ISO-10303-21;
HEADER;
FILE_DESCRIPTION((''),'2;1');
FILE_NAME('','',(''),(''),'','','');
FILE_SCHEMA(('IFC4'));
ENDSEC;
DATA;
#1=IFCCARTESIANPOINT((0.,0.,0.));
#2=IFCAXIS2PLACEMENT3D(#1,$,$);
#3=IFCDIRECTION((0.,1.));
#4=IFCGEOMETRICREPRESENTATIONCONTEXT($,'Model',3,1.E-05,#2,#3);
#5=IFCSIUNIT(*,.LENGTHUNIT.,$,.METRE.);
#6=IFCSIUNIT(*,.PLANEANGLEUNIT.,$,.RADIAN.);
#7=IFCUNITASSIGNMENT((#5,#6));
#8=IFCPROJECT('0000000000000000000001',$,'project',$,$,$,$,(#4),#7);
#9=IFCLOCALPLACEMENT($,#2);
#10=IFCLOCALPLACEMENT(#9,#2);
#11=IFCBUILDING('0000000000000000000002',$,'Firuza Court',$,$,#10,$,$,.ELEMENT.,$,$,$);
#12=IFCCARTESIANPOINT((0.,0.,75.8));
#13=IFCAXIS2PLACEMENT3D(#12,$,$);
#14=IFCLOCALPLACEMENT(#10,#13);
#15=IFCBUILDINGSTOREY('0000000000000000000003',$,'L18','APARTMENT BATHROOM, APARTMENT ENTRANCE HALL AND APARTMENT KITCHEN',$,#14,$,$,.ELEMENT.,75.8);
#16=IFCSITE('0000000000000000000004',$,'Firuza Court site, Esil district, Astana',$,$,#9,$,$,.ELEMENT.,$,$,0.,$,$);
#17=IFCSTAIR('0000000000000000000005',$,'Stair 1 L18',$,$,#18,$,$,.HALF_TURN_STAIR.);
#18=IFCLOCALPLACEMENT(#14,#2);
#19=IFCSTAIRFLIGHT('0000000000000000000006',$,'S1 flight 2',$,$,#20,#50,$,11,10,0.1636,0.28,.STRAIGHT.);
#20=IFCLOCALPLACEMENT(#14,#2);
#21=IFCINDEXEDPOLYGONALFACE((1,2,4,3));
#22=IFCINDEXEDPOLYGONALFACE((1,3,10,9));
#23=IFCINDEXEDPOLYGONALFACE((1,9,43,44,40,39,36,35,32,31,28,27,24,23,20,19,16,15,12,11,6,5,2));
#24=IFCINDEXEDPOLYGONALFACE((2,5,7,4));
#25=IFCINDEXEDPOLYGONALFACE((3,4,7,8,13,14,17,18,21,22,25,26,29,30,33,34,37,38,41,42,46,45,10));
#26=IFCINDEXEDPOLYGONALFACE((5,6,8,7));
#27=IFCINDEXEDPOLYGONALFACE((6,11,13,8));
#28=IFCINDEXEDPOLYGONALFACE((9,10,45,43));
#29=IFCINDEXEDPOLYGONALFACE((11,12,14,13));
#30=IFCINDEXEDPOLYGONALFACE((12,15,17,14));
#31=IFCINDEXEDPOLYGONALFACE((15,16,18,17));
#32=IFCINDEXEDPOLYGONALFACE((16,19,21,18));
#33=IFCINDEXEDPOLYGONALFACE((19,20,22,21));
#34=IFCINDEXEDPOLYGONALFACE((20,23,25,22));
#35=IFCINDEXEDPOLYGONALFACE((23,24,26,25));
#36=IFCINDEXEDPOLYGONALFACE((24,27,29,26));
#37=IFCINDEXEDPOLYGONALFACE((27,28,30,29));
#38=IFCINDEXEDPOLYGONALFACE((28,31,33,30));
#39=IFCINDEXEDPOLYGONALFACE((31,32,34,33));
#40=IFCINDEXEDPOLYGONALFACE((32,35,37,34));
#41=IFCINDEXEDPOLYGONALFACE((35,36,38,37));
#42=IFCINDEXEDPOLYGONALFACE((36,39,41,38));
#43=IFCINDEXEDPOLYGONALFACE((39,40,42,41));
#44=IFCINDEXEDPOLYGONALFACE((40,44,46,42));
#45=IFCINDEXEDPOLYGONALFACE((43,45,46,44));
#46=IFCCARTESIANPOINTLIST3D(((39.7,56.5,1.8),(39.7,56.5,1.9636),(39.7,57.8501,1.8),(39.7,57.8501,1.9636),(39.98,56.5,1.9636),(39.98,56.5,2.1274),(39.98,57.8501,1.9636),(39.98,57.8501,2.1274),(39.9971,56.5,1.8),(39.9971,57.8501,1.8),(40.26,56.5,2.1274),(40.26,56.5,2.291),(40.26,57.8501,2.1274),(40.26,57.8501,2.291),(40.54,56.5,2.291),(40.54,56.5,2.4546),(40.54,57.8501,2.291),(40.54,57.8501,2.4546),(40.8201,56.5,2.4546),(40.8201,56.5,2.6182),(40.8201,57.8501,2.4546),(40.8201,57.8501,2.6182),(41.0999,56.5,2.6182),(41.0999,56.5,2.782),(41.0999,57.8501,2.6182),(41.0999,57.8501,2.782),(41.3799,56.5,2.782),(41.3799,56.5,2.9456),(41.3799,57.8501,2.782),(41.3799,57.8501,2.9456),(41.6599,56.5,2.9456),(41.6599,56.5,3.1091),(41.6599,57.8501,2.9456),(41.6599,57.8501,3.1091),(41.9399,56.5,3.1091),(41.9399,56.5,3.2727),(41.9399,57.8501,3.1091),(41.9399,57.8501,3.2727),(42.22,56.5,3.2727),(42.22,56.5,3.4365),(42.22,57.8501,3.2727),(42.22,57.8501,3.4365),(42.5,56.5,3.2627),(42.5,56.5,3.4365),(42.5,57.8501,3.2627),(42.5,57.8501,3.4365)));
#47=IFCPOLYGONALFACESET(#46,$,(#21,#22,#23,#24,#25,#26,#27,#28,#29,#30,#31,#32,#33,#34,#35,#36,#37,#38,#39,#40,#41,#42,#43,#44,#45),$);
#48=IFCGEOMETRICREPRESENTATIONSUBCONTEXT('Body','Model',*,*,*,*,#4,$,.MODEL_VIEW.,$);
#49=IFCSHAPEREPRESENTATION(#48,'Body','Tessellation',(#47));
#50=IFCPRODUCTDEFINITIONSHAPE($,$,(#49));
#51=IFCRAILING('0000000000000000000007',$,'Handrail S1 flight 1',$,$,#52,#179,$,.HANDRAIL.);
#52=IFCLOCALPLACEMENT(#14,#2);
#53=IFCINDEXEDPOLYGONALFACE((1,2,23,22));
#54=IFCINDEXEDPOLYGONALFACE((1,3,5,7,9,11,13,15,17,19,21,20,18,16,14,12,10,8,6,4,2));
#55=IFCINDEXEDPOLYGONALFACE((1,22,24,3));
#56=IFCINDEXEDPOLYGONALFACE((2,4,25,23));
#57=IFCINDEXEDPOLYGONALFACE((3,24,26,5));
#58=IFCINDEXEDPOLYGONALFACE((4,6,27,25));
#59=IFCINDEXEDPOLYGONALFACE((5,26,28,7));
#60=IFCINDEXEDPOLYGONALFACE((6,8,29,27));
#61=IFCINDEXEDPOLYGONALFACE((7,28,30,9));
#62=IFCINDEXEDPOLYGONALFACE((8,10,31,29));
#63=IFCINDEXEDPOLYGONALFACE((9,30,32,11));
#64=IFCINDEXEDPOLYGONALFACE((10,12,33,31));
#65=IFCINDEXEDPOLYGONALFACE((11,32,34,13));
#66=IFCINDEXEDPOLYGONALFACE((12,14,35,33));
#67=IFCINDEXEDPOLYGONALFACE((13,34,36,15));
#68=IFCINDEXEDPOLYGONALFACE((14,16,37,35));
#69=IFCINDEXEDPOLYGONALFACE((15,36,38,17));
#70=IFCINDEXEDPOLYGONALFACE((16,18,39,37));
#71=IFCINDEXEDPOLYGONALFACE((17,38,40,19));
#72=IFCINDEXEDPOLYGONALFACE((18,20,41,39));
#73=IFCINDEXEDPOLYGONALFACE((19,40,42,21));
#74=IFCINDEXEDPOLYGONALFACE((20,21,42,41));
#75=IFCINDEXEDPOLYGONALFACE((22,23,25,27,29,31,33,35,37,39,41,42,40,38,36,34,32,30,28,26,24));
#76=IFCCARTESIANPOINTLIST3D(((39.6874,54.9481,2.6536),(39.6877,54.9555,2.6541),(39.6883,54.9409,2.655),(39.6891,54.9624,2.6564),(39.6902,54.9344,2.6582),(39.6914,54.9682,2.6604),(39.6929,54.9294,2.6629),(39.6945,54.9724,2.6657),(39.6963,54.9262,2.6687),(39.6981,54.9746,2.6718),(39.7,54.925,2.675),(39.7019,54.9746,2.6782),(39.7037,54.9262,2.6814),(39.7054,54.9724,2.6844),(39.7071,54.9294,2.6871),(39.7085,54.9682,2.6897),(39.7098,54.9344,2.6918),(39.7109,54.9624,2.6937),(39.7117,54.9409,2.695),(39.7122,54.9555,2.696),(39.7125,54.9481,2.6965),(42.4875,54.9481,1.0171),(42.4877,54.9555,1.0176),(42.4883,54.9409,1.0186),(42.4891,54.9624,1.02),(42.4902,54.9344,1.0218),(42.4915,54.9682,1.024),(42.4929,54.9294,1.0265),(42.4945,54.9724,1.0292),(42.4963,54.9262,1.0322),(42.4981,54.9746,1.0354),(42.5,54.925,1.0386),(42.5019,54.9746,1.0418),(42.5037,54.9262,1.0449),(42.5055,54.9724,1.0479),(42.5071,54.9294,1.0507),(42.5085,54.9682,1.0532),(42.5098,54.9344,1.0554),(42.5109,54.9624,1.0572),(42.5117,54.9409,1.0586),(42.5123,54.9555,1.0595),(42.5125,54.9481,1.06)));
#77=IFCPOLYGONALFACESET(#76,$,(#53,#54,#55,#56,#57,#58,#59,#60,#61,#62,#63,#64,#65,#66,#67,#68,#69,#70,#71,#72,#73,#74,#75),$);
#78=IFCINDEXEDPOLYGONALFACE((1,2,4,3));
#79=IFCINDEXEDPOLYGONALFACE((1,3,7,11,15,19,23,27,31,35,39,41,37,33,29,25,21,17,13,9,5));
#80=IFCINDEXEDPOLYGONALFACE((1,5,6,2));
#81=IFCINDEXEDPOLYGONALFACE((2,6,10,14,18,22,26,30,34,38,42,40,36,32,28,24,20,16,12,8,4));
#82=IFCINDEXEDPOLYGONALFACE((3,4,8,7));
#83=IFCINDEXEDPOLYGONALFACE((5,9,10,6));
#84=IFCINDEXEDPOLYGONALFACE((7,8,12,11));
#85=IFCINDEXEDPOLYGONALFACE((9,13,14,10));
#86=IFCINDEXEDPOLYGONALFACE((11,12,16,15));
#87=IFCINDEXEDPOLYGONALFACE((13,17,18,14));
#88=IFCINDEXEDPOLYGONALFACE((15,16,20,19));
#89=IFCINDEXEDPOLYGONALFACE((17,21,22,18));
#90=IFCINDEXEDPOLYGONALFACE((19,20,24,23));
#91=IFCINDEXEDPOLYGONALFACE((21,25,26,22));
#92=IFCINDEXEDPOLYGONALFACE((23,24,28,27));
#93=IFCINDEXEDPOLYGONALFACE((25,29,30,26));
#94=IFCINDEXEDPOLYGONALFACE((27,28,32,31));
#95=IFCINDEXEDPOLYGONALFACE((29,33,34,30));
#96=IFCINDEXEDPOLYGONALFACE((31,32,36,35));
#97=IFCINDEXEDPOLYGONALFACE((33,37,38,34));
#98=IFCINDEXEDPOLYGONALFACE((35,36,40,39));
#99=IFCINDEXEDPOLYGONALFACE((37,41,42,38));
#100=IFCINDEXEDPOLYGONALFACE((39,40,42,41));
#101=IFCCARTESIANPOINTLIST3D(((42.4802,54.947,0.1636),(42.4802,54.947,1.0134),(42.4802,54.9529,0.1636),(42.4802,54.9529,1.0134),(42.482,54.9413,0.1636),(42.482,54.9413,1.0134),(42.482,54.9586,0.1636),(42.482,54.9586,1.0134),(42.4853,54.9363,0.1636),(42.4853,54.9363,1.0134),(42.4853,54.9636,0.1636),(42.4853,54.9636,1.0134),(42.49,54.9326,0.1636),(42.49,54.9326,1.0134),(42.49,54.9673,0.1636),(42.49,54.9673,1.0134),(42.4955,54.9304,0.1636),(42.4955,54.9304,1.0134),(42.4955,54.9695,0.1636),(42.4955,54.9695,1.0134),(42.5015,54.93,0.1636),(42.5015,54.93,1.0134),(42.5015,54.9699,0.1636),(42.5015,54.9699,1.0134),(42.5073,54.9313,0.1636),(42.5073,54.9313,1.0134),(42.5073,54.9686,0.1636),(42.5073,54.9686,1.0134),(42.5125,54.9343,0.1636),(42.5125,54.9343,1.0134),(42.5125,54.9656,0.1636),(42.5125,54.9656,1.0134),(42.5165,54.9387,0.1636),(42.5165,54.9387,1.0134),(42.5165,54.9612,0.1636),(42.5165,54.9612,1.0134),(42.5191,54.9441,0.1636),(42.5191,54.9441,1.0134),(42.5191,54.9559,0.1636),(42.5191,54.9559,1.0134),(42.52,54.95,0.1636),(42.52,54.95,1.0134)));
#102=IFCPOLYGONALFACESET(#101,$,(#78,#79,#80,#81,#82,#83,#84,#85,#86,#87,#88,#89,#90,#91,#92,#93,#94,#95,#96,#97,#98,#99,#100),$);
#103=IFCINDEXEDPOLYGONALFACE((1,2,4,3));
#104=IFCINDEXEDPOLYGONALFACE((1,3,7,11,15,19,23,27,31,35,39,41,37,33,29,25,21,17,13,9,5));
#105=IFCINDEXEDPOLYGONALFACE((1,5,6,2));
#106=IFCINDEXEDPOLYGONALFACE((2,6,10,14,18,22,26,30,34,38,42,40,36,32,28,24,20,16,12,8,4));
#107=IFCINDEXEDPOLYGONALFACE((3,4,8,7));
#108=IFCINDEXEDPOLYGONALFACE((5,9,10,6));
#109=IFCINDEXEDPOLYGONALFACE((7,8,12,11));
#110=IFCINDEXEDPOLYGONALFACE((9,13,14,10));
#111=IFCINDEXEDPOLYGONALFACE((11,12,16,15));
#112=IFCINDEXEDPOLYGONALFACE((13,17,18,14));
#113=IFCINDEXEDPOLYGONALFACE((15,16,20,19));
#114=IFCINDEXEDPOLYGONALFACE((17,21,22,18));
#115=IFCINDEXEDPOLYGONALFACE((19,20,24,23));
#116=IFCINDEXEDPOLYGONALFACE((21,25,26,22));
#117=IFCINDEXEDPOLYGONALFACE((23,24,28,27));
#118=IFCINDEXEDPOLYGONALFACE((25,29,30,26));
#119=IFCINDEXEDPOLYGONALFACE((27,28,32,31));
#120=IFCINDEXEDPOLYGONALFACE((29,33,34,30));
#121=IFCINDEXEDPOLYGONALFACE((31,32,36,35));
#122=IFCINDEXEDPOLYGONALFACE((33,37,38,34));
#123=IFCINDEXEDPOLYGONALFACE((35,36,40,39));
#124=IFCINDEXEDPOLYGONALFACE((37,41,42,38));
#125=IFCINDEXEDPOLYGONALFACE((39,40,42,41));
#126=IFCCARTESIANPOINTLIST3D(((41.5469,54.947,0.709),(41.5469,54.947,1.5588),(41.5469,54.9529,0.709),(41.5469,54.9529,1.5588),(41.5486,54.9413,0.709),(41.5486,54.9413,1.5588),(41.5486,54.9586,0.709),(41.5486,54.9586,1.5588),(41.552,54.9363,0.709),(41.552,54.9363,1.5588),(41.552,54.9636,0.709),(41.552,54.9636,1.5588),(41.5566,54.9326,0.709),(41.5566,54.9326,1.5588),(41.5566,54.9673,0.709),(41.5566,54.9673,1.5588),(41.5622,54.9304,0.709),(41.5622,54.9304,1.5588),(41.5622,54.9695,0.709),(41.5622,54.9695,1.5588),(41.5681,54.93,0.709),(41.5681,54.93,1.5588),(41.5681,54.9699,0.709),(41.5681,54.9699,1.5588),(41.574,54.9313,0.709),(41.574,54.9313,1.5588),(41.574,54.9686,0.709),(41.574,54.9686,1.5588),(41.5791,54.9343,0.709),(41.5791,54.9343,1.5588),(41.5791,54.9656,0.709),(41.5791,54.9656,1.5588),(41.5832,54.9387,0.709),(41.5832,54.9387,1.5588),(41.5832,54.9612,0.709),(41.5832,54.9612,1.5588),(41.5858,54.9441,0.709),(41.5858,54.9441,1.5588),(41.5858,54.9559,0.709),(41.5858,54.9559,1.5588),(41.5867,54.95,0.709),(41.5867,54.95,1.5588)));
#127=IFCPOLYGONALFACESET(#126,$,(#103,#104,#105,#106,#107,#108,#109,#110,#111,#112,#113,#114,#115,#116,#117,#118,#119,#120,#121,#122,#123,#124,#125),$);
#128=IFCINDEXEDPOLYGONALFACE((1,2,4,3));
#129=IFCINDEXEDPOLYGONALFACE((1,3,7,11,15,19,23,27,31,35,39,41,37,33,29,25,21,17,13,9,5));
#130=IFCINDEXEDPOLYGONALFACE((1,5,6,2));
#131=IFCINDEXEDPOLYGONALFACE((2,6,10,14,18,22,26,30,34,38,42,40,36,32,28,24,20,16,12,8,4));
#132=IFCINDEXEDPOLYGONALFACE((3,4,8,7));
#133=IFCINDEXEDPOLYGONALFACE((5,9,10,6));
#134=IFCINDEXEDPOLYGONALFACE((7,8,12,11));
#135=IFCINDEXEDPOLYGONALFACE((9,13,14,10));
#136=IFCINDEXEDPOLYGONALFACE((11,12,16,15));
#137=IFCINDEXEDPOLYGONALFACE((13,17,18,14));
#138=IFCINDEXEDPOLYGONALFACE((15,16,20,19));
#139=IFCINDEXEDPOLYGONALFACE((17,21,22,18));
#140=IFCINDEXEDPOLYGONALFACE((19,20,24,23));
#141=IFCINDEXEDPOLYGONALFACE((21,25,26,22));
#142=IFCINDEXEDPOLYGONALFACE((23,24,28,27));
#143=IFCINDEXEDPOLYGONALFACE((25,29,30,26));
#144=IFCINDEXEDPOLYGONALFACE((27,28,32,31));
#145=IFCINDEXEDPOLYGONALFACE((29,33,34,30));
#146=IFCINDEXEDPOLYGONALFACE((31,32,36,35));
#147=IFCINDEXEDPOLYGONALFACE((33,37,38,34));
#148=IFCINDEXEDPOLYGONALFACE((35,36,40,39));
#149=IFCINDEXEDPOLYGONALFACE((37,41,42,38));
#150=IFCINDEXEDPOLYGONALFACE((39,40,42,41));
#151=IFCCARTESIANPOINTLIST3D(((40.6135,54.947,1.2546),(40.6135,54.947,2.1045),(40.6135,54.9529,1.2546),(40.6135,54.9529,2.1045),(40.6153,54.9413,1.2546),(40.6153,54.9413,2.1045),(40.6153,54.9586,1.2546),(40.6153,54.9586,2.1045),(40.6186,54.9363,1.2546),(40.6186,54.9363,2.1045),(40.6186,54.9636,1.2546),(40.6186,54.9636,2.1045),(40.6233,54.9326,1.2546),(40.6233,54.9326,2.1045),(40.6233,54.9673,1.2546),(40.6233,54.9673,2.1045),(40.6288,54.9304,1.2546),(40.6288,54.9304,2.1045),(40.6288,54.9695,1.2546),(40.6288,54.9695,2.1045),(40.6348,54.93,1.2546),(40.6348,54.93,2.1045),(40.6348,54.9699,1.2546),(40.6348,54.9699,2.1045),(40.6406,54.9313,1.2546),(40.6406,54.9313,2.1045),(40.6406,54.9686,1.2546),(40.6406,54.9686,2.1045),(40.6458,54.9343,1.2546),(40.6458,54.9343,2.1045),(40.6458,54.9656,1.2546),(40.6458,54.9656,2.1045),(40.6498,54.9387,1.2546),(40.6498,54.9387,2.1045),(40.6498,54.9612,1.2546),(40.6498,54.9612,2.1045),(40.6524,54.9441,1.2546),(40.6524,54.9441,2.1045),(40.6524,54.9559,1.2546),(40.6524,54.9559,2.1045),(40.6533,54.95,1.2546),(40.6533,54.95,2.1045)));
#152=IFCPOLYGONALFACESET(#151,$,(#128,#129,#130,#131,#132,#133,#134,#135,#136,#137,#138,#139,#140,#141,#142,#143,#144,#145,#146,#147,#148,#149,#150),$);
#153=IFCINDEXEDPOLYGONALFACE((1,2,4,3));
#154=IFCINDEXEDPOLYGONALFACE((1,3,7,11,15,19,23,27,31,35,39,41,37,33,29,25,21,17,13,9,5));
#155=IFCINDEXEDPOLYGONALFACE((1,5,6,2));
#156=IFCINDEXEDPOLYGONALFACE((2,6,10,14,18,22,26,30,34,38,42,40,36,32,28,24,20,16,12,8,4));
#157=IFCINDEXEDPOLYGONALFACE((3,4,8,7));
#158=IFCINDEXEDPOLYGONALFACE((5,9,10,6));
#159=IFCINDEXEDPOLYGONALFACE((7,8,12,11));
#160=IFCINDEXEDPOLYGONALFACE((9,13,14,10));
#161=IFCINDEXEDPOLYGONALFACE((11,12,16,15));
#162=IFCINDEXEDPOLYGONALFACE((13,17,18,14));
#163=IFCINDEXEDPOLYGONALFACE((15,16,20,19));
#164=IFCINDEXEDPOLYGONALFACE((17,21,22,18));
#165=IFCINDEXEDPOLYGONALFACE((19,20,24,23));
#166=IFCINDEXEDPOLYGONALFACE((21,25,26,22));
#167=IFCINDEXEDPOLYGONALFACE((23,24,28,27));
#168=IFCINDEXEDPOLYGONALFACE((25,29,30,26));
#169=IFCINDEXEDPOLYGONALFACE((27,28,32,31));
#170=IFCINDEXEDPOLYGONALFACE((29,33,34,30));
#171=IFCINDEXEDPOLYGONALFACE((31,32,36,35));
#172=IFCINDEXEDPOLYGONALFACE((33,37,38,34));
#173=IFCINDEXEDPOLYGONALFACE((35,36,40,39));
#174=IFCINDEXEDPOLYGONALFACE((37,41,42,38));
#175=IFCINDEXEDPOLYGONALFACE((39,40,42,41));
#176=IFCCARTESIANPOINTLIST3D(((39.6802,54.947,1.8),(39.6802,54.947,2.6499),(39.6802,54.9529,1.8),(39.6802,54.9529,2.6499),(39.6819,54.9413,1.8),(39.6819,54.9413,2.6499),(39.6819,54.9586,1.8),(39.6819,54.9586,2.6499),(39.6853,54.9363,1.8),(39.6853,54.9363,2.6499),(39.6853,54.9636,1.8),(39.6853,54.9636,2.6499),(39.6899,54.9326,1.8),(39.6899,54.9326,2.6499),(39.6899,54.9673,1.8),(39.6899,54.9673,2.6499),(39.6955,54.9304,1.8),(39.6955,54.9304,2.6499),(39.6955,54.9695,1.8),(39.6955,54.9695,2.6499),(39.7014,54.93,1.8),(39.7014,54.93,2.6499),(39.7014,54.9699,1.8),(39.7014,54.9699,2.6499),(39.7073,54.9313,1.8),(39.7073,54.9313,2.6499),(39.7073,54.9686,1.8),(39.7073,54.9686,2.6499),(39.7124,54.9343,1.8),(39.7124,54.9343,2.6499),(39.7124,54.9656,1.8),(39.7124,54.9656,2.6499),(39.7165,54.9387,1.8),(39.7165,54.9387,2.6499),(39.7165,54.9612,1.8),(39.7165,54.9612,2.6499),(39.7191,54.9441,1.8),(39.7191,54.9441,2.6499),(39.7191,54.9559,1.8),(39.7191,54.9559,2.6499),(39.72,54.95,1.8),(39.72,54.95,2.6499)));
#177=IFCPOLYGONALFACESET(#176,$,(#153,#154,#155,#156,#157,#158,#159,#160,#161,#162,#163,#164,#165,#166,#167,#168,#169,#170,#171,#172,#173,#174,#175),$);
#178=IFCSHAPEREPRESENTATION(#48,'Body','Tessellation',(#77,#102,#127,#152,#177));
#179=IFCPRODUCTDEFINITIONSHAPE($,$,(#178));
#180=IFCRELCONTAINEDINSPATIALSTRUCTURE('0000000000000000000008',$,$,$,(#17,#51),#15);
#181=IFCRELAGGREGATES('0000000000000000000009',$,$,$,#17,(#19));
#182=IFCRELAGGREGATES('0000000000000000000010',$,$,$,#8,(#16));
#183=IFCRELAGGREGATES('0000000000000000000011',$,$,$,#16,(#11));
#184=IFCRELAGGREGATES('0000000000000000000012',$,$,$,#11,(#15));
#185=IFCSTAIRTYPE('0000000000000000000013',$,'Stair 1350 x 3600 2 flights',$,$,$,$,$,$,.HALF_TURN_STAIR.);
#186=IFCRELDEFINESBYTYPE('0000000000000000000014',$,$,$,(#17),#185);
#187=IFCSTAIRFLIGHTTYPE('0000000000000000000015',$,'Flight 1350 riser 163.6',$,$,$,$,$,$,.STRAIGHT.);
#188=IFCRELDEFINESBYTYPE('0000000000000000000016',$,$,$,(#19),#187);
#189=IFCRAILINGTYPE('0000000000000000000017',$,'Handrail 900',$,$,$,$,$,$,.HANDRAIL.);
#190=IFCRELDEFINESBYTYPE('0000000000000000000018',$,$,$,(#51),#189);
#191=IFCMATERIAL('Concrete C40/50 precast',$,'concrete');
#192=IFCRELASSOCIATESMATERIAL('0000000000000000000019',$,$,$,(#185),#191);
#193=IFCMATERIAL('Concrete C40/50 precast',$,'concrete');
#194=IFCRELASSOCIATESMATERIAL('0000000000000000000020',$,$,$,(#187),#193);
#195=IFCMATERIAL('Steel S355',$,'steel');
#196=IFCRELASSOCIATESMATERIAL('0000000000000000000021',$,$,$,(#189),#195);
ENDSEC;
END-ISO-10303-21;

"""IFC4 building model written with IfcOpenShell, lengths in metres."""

from ifc_helpers import new_model, si_unit, direction, frame, origin, origin_2d, place, context, subcontext, project, spatial, polyline, circle, outline, extrude, material, type_object, element, aggregate, save


model = new_model("IFC4")

# Units and contexts
model_context = context("Model", 3, precision=1e-05, world=origin(), true_north=direction((0.0, 1.0)))
body_context = subcontext(model_context, "Body", "Model", "MODEL_VIEW")
ifc_project = project(units=[si_unit("LENGTHUNIT", "METRE"), si_unit("PLANEANGLEUNIT", "RADIAN")], contexts=[model_context])

# Site, building, storey
site_placement = place(None, origin())
site = spatial("IfcSite", under=ifc_project, at=site_placement, Name="Firuza Court site, Esil district, Astana", CompositionType="ELEMENT", RefElevation=0.0)
building_placement = place(site_placement, origin())
building = spatial("IfcBuilding", under=site, at=building_placement, Name="Firuza Court", CompositionType="ELEMENT")
storey_placement = place(building_placement, frame((0.0, 0.0, 75.8)))
storey = spatial("IfcBuildingStorey", under=building, at=storey_placement, Name="L18", Description="APARTMENT BATHROOM, APARTMENT ENTRANCE HALL AND APARTMENT KITCHEN", CompositionType="ELEMENT", Elevation=75.8)

# Stair, stair flight
ifc_material_1 = material(Name="Concrete C40/50 precast", Category="concrete")
stair_type = type_object("IfcStairType", Name="Stair 1350 x 3600 2 flights", PredefinedType="HALF_TURN_STAIR", material=ifc_material_1)
stair_placement = place(storey_placement, origin())
stair = element("IfcStair", 1, at=stair_placement, inside=storey, type_object=stair_type, Name="Stair 1 L18", PredefinedType="HALF_TURN_STAIR")
ifc_material_2 = material(Name="Concrete C40/50 precast", Category="concrete")
stair_flight_type = type_object("IfcStairFlightType", Name="Flight 1350 riser 163.6", PredefinedType="STRAIGHT", material=ifc_material_2)
stair_flight_1_placement = place(storey_placement, frame((39.7, 57.175, 1.8), z_axis=(0.0, 0.0, 1.0), x_axis=(1.0, 0.0, 0.0)))
stair_flight_1 = element("IfcStairFlight", 2, at=stair_flight_1_placement, type_object=stair_flight_type, Name="S1 flight 2", NumberOfRisers=11, NumberOfTreads=10, PredefinedType="STRAIGHT", RiserHeight=0.1636, TreadLength=0.28, context=body_context, shape_type="SweptSolid", body=[
    extrude(outline(polyline([(0.0, 0.0), (0.0, 0.1636), (0.28, 0.1636), (0.28, 0.3274), (0.5601, 0.3274), (0.5601, 0.491), (0.8401, 0.491), (0.8401, 0.6545), (1.1201, 0.6545), (1.1201, 0.8181), (1.3999, 0.8181), (1.3999, 0.9819), (1.6799, 0.9819), (1.6799, 1.1455), (1.96, 1.1455), (1.96, 1.3091), (2.24, 1.3091), (2.24, 1.4727), (2.52, 1.4727), (2.52, 1.6365), (2.8, 1.6365), (2.8, 1.8), (2.8, 1.4626), (0.2971, 0.0), (0.0, 0.0)])), frame((0.0, 0.675, 0.0), z_axis=(0.0, -1.0, 0.0), x_axis=(1.0, 0.0, 0.0)), (0.0, 0.0, 1.0), 1.3501),
])
aggregate(stair, [stair_flight_1])

# Railing
ifc_material_3 = material(Name="Steel S355", Category="steel")
railing_type_1 = type_object("IfcRailingType", Name="Handrail 900", PredefinedType="HANDRAIL", material=ifc_material_3)
railing_1_placement = place(storey_placement, frame((42.5, 54.95, 0.1636)))
element("IfcRailing", 3, at=railing_1_placement, inside=storey, type_object=railing_type_1, Name="Handrail S1 flight 1", PredefinedType="HANDRAIL", context=body_context, shape_type="SweptSolid", body=[
    extrude(circle(Radius=0.0249, at=origin_2d()), frame((0.0, 0.0, 0.875), z_axis=(-0.863361, 0.0, 0.504587), x_axis=(0.0, -1.0, 0.0)), (0.0, 0.0, 1.0), 3.2432),
    extrude(circle(Radius=0.02, at=origin_2d()), origin(), (0.0, 0.0, 1.0), 0.8499),
    extrude(circle(Radius=0.02, at=origin_2d()), frame((-0.9333, 0.0, 0.5454)), (0.0, 0.0, 1.0), 0.8499),
    extrude(circle(Radius=0.02, at=origin_2d()), frame((-1.8667, 0.0, 1.0911)), (0.0, 0.0, 1.0), 0.8499),
    extrude(circle(Radius=0.02, at=origin_2d()), frame((-2.8, 0.0, 1.6365)), (0.0, 0.0, 1.0), 0.8499),
])

save(model, "model.ifc")
